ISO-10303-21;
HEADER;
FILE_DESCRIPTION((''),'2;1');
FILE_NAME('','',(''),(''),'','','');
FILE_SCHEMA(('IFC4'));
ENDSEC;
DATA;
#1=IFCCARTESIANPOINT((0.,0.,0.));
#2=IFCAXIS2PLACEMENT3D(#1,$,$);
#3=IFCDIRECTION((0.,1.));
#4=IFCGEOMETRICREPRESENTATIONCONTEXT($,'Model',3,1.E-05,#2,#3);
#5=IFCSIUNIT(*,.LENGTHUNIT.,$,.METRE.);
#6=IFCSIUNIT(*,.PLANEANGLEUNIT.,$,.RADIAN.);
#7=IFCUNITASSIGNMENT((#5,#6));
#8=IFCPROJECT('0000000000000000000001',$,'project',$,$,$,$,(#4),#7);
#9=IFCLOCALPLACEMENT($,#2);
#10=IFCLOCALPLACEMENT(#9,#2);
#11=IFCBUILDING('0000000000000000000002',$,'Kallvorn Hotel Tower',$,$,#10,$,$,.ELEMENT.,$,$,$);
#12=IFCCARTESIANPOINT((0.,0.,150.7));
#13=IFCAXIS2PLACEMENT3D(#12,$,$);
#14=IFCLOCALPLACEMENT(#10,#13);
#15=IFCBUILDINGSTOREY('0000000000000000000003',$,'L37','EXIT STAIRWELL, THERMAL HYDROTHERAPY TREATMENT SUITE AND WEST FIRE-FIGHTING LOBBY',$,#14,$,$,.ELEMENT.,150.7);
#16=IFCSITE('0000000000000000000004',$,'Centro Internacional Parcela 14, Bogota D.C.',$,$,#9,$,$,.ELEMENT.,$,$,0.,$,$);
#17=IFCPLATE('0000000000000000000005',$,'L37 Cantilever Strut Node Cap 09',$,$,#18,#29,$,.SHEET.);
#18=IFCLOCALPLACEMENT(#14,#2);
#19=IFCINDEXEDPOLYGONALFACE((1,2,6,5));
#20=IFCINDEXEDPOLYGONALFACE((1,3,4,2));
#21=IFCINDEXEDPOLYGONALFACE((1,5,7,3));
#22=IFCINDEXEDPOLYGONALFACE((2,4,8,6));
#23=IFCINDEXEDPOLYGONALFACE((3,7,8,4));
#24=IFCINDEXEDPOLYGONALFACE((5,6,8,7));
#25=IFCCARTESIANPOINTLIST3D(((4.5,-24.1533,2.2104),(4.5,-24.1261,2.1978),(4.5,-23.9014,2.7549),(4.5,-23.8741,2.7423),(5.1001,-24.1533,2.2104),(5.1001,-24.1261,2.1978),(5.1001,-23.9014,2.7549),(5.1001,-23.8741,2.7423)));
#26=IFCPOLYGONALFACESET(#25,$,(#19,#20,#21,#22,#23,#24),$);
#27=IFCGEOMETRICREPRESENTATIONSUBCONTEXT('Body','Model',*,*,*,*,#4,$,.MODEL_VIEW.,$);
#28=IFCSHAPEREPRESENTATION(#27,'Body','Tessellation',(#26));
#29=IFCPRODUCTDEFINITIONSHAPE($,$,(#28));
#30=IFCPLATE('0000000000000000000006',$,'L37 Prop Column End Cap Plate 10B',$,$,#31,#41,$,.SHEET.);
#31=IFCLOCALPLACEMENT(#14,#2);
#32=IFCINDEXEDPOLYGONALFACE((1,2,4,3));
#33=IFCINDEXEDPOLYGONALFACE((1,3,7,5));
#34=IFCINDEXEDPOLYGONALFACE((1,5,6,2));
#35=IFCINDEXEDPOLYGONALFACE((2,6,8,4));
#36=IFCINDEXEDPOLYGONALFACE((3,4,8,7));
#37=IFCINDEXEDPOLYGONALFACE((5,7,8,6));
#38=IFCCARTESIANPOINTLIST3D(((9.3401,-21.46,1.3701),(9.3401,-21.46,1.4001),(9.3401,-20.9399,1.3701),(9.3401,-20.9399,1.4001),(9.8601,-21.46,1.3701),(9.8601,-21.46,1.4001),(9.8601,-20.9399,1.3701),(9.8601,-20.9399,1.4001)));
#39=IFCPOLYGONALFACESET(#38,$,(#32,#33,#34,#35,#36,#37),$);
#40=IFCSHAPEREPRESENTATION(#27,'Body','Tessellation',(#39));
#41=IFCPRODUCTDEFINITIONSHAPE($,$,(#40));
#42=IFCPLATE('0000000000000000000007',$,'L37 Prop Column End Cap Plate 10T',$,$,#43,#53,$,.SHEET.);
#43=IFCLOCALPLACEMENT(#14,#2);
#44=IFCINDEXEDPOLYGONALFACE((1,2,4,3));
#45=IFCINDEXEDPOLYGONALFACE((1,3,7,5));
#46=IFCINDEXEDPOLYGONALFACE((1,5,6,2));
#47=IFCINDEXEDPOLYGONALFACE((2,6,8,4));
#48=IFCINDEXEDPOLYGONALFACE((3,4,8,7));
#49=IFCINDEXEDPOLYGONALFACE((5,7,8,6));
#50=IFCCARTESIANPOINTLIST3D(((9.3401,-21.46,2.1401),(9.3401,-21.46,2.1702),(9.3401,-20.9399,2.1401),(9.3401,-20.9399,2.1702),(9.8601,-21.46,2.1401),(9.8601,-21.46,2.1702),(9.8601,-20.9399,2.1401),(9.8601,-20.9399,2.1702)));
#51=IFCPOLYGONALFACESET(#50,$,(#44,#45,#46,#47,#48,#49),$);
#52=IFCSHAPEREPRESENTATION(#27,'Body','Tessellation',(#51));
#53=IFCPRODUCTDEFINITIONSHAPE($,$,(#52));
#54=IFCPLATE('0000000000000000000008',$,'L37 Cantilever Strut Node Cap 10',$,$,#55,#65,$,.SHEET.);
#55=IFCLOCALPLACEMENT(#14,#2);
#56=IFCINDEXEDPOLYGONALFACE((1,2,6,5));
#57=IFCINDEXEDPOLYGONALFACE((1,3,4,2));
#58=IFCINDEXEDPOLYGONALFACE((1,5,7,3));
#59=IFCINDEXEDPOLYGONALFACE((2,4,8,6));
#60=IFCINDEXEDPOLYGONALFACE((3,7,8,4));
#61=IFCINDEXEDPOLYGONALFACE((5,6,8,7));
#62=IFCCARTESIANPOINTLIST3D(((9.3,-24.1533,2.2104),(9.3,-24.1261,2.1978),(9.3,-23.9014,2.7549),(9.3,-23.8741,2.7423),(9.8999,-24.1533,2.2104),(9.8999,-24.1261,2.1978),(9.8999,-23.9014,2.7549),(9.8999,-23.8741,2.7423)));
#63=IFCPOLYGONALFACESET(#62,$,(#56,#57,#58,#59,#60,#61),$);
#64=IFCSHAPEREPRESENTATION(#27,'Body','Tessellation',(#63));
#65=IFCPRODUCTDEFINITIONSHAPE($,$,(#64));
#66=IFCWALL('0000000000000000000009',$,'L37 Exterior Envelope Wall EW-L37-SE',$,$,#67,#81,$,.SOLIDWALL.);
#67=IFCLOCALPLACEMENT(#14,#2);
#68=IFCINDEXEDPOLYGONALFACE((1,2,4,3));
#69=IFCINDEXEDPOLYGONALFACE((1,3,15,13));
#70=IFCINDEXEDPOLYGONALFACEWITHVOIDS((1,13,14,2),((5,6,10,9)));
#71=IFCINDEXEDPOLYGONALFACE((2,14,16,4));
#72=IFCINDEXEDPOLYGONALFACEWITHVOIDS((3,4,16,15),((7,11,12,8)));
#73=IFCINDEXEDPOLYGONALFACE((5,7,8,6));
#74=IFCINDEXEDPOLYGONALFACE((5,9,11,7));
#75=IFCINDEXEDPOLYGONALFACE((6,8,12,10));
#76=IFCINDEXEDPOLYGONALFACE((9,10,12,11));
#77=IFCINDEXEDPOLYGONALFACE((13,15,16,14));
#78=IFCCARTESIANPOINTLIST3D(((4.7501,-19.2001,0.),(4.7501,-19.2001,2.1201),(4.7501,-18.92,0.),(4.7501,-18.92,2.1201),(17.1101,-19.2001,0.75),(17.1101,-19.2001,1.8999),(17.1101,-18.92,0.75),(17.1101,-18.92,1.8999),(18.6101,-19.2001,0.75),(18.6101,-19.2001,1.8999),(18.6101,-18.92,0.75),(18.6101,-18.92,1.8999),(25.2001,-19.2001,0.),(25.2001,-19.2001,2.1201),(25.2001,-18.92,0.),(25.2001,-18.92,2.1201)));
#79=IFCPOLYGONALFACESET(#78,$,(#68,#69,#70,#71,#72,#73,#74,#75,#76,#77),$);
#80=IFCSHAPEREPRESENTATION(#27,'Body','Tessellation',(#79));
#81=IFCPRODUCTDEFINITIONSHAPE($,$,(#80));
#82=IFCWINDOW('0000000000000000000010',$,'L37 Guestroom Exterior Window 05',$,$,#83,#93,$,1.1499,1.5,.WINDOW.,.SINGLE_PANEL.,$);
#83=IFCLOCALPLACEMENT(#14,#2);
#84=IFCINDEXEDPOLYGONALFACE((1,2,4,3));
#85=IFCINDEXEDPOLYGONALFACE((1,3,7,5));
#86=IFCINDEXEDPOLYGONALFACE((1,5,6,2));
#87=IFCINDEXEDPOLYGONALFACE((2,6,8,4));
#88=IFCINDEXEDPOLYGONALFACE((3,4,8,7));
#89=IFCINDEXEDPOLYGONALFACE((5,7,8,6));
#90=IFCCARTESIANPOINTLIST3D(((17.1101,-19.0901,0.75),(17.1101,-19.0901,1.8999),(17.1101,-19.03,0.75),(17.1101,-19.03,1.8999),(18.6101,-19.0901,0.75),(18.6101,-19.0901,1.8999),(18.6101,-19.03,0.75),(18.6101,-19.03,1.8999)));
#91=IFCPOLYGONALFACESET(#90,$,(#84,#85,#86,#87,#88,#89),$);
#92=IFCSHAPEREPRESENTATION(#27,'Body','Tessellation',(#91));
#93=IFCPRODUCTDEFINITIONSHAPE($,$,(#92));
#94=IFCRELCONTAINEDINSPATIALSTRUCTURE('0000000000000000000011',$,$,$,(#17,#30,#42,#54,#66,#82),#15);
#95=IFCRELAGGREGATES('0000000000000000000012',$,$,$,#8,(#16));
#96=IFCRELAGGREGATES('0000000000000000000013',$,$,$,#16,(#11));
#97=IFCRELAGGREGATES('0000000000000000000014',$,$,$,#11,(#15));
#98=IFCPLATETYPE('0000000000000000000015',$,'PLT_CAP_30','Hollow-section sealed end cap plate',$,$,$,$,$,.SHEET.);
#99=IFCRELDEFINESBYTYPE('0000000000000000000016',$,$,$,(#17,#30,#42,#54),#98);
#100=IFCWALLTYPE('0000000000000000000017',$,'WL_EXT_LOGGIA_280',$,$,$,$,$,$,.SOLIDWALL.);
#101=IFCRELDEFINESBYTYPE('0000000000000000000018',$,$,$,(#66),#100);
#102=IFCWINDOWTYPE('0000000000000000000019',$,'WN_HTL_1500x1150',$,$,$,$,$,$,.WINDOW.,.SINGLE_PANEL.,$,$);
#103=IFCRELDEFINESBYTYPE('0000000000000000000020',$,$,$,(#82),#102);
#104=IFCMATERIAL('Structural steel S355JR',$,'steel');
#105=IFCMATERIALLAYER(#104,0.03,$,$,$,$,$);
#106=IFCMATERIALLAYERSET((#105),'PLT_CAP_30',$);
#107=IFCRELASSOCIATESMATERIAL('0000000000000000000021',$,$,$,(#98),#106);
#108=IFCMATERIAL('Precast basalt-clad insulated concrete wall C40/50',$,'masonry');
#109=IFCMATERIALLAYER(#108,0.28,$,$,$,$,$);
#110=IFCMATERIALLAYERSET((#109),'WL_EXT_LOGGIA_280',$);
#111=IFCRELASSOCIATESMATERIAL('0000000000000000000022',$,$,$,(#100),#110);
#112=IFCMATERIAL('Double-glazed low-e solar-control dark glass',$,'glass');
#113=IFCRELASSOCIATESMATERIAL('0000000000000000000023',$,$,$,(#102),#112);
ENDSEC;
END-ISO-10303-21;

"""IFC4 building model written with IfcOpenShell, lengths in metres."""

from ifc_helpers import new_model, si_unit, direction, frame, frame_2d, origin, origin_2d, place, context, subcontext, project, spatial, polyline, rectangle, outline, extrude, material, layer, layer_set, type_object, element, fill, save


model = new_model("IFC4")

# Units and contexts
model_context = context("Model", 3, precision=1e-05, world=origin(), true_north=direction((0.0, 1.0)))
body_context = subcontext(model_context, "Body", "Model", "MODEL_VIEW")
ifc_project = project(units=[si_unit("LENGTHUNIT", "METRE"), si_unit("PLANEANGLEUNIT", "RADIAN")], contexts=[model_context])

# Site, building, storey
site_placement = place(None, origin())
site = spatial("IfcSite", under=ifc_project, at=site_placement, Name="Centro Internacional Parcela 14, Bogota D.C.", CompositionType="ELEMENT", RefElevation=0.0)
building_placement = place(site_placement, origin())
building = spatial("IfcBuilding", under=site, at=building_placement, Name="Kallvorn Hotel Tower", CompositionType="ELEMENT")
storey_placement = place(building_placement, frame((0.0, 0.0, 150.7)))
storey = spatial("IfcBuildingStorey", under=building, at=storey_placement, Name="L37", Description="EXIT STAIRWELL, THERMAL HYDROTHERAPY TREATMENT SUITE AND WEST FIRE-FIGHTING LOBBY", CompositionType="ELEMENT", Elevation=150.7)

# Plates
ifc_material_1 = material(Name="Structural steel S355JR", Category="steel")
ifc_layer_1 = layer(ifc_material_1, 0.03)
ifc_layer_set_1 = layer_set([ifc_layer_1], Name="PLT_CAP_30")
plate_type_1 = type_object("IfcPlateType", Name="PLT_CAP_30", Description="Hollow-section sealed end cap plate", PredefinedType="SHEET", material=ifc_layer_set_1)
plate_1_placement = place(storey_placement, frame((4.5, -24.1533, 2.2104), z_axis=(0.0, -0.90753, 0.419987), x_axis=(1.0, 0.0, 0.0)))
element("IfcPlate", 1, at=plate_1_placement, inside=storey, type_object=plate_type_1, Name="L37 Cantilever Strut Node Cap 09", PredefinedType="SHEET", context=body_context, shape_type="SweptSolid", body=[
    extrude(outline(polyline([(0.0, 0.0), (0.6001, 0.0), (0.6001, 0.5999), (0.0, 0.5999), (0.0, 0.0)])), origin(), (0.0, 0.0, -1.0), 0.03),
])
for number, where, z_axis, x_axis, name in (
    (2, (9.6001, -21.2, 1.3701), (0.0, 0.0, 1.0), (1.0, 0.0, 0.0), "L37 Prop Column End Cap Plate 10B"),
    (3, (9.6001, -21.2, 2.1401), (0.0, 0.0, 1.0), (1.0, 0.0, 0.0), "L37 Prop Column End Cap Plate 10T"),
):
    element("IfcPlate", number, at=place(storey_placement, frame(where, z_axis=z_axis, x_axis=x_axis)), inside=storey, type_object=plate_type_1, Name=name, PredefinedType="SHEET", context=body_context, shape_type="SweptSolid", body=[
        extrude(rectangle(XDim=0.52, YDim=0.52, at=origin_2d()), origin(), (0.0, 0.0, 1.0), 0.03),
    ])
plate_2_placement = place(storey_placement, frame((9.3, -24.1533, 2.2104), z_axis=(0.0, -0.90753, 0.419987), x_axis=(1.0, 0.0, 0.0)))
element("IfcPlate", 4, at=plate_2_placement, inside=storey, type_object=plate_type_1, Name="L37 Cantilever Strut Node Cap 10", PredefinedType="SHEET", context=body_context, shape_type="SweptSolid", body=[
    extrude(outline(polyline([(0.0, 0.0), (0.5999, 0.0), (0.5999, 0.5999), (0.0, 0.5999), (0.0, 0.0)])), origin(), (0.0, 0.0, -1.0), 0.03),
])

# Wall, opening, window
ifc_material_2 = material(Name="Precast basalt-clad insulated concrete wall C40/50", Category="masonry")
ifc_layer_2 = layer(ifc_material_2, 0.28)
ifc_layer_set_2 = layer_set([ifc_layer_2], Name="WL_EXT_LOGGIA_280")
wall_type = type_object("IfcWallType", Name="WL_EXT_LOGGIA_280", PredefinedType="SOLIDWALL", material=ifc_layer_set_2)
wall_placement = place(storey_placement, frame((4.75, -19.0601, 0.0), z_axis=(0.0, 0.0, 1.0), x_axis=(1.0, 0.0, 0.0)))
wall = element("IfcWall", 5, at=wall_placement, inside=storey, type_object=wall_type, Name="L37 Exterior Envelope Wall EW-L37-SE", PredefinedType="SOLIDWALL", context=body_context, shape_type="SweptSolid", body=[
    extrude(rectangle(XDim=20.45, YDim=0.28, at=frame_2d((10.2251, 0.0))), origin(), (0.0, 0.0, 1.0), 2.1201),
])
opening_placement = place(wall_placement, frame((12.3601, 0.0, 0.75)))
opening = element("IfcOpeningElement", 6, at=opening_placement, cuts=wall, PredefinedType="OPENING", context=body_context, shape_type="SweptSolid", body=[
    extrude(rectangle(XDim=1.5, YDim=1.1499, at=frame_2d((0.75, 0.575))), frame((0.0, 0.155, 0.0), z_axis=(0.0, -1.0, 0.0), x_axis=(1.0, 0.0, 0.0)), (0.0, 0.0, 1.0), 0.3101),
])
ifc_material_3 = material(Name="Double-glazed low-e solar-control dark glass", Category="glass")
window_type = type_object("IfcWindowType", Name="WN_HTL_1500x1150", PartitioningType="SINGLE_PANEL", PredefinedType="WINDOW", material=ifc_material_3)
window_placement = place(opening_placement, origin())
window = element("IfcWindow", 7, at=window_placement, inside=storey, type_object=window_type, Name="L37 Guestroom Exterior Window 05", OverallHeight=1.1499, OverallWidth=1.5, PartitioningType="SINGLE_PANEL", PredefinedType="WINDOW", context=body_context, shape_type="SweptSolid", body=[
    extrude(rectangle(XDim=1.5, YDim=1.1499, at=frame_2d((0.75, 0.575))), frame((0.0, 0.03, 0.0), z_axis=(0.0, -1.0, 0.0), x_axis=(1.0, 0.0, 0.0)), (0.0, 0.0, 1.0), 0.0601),
])
fill(opening, window)

save(model, "model.ifc")
